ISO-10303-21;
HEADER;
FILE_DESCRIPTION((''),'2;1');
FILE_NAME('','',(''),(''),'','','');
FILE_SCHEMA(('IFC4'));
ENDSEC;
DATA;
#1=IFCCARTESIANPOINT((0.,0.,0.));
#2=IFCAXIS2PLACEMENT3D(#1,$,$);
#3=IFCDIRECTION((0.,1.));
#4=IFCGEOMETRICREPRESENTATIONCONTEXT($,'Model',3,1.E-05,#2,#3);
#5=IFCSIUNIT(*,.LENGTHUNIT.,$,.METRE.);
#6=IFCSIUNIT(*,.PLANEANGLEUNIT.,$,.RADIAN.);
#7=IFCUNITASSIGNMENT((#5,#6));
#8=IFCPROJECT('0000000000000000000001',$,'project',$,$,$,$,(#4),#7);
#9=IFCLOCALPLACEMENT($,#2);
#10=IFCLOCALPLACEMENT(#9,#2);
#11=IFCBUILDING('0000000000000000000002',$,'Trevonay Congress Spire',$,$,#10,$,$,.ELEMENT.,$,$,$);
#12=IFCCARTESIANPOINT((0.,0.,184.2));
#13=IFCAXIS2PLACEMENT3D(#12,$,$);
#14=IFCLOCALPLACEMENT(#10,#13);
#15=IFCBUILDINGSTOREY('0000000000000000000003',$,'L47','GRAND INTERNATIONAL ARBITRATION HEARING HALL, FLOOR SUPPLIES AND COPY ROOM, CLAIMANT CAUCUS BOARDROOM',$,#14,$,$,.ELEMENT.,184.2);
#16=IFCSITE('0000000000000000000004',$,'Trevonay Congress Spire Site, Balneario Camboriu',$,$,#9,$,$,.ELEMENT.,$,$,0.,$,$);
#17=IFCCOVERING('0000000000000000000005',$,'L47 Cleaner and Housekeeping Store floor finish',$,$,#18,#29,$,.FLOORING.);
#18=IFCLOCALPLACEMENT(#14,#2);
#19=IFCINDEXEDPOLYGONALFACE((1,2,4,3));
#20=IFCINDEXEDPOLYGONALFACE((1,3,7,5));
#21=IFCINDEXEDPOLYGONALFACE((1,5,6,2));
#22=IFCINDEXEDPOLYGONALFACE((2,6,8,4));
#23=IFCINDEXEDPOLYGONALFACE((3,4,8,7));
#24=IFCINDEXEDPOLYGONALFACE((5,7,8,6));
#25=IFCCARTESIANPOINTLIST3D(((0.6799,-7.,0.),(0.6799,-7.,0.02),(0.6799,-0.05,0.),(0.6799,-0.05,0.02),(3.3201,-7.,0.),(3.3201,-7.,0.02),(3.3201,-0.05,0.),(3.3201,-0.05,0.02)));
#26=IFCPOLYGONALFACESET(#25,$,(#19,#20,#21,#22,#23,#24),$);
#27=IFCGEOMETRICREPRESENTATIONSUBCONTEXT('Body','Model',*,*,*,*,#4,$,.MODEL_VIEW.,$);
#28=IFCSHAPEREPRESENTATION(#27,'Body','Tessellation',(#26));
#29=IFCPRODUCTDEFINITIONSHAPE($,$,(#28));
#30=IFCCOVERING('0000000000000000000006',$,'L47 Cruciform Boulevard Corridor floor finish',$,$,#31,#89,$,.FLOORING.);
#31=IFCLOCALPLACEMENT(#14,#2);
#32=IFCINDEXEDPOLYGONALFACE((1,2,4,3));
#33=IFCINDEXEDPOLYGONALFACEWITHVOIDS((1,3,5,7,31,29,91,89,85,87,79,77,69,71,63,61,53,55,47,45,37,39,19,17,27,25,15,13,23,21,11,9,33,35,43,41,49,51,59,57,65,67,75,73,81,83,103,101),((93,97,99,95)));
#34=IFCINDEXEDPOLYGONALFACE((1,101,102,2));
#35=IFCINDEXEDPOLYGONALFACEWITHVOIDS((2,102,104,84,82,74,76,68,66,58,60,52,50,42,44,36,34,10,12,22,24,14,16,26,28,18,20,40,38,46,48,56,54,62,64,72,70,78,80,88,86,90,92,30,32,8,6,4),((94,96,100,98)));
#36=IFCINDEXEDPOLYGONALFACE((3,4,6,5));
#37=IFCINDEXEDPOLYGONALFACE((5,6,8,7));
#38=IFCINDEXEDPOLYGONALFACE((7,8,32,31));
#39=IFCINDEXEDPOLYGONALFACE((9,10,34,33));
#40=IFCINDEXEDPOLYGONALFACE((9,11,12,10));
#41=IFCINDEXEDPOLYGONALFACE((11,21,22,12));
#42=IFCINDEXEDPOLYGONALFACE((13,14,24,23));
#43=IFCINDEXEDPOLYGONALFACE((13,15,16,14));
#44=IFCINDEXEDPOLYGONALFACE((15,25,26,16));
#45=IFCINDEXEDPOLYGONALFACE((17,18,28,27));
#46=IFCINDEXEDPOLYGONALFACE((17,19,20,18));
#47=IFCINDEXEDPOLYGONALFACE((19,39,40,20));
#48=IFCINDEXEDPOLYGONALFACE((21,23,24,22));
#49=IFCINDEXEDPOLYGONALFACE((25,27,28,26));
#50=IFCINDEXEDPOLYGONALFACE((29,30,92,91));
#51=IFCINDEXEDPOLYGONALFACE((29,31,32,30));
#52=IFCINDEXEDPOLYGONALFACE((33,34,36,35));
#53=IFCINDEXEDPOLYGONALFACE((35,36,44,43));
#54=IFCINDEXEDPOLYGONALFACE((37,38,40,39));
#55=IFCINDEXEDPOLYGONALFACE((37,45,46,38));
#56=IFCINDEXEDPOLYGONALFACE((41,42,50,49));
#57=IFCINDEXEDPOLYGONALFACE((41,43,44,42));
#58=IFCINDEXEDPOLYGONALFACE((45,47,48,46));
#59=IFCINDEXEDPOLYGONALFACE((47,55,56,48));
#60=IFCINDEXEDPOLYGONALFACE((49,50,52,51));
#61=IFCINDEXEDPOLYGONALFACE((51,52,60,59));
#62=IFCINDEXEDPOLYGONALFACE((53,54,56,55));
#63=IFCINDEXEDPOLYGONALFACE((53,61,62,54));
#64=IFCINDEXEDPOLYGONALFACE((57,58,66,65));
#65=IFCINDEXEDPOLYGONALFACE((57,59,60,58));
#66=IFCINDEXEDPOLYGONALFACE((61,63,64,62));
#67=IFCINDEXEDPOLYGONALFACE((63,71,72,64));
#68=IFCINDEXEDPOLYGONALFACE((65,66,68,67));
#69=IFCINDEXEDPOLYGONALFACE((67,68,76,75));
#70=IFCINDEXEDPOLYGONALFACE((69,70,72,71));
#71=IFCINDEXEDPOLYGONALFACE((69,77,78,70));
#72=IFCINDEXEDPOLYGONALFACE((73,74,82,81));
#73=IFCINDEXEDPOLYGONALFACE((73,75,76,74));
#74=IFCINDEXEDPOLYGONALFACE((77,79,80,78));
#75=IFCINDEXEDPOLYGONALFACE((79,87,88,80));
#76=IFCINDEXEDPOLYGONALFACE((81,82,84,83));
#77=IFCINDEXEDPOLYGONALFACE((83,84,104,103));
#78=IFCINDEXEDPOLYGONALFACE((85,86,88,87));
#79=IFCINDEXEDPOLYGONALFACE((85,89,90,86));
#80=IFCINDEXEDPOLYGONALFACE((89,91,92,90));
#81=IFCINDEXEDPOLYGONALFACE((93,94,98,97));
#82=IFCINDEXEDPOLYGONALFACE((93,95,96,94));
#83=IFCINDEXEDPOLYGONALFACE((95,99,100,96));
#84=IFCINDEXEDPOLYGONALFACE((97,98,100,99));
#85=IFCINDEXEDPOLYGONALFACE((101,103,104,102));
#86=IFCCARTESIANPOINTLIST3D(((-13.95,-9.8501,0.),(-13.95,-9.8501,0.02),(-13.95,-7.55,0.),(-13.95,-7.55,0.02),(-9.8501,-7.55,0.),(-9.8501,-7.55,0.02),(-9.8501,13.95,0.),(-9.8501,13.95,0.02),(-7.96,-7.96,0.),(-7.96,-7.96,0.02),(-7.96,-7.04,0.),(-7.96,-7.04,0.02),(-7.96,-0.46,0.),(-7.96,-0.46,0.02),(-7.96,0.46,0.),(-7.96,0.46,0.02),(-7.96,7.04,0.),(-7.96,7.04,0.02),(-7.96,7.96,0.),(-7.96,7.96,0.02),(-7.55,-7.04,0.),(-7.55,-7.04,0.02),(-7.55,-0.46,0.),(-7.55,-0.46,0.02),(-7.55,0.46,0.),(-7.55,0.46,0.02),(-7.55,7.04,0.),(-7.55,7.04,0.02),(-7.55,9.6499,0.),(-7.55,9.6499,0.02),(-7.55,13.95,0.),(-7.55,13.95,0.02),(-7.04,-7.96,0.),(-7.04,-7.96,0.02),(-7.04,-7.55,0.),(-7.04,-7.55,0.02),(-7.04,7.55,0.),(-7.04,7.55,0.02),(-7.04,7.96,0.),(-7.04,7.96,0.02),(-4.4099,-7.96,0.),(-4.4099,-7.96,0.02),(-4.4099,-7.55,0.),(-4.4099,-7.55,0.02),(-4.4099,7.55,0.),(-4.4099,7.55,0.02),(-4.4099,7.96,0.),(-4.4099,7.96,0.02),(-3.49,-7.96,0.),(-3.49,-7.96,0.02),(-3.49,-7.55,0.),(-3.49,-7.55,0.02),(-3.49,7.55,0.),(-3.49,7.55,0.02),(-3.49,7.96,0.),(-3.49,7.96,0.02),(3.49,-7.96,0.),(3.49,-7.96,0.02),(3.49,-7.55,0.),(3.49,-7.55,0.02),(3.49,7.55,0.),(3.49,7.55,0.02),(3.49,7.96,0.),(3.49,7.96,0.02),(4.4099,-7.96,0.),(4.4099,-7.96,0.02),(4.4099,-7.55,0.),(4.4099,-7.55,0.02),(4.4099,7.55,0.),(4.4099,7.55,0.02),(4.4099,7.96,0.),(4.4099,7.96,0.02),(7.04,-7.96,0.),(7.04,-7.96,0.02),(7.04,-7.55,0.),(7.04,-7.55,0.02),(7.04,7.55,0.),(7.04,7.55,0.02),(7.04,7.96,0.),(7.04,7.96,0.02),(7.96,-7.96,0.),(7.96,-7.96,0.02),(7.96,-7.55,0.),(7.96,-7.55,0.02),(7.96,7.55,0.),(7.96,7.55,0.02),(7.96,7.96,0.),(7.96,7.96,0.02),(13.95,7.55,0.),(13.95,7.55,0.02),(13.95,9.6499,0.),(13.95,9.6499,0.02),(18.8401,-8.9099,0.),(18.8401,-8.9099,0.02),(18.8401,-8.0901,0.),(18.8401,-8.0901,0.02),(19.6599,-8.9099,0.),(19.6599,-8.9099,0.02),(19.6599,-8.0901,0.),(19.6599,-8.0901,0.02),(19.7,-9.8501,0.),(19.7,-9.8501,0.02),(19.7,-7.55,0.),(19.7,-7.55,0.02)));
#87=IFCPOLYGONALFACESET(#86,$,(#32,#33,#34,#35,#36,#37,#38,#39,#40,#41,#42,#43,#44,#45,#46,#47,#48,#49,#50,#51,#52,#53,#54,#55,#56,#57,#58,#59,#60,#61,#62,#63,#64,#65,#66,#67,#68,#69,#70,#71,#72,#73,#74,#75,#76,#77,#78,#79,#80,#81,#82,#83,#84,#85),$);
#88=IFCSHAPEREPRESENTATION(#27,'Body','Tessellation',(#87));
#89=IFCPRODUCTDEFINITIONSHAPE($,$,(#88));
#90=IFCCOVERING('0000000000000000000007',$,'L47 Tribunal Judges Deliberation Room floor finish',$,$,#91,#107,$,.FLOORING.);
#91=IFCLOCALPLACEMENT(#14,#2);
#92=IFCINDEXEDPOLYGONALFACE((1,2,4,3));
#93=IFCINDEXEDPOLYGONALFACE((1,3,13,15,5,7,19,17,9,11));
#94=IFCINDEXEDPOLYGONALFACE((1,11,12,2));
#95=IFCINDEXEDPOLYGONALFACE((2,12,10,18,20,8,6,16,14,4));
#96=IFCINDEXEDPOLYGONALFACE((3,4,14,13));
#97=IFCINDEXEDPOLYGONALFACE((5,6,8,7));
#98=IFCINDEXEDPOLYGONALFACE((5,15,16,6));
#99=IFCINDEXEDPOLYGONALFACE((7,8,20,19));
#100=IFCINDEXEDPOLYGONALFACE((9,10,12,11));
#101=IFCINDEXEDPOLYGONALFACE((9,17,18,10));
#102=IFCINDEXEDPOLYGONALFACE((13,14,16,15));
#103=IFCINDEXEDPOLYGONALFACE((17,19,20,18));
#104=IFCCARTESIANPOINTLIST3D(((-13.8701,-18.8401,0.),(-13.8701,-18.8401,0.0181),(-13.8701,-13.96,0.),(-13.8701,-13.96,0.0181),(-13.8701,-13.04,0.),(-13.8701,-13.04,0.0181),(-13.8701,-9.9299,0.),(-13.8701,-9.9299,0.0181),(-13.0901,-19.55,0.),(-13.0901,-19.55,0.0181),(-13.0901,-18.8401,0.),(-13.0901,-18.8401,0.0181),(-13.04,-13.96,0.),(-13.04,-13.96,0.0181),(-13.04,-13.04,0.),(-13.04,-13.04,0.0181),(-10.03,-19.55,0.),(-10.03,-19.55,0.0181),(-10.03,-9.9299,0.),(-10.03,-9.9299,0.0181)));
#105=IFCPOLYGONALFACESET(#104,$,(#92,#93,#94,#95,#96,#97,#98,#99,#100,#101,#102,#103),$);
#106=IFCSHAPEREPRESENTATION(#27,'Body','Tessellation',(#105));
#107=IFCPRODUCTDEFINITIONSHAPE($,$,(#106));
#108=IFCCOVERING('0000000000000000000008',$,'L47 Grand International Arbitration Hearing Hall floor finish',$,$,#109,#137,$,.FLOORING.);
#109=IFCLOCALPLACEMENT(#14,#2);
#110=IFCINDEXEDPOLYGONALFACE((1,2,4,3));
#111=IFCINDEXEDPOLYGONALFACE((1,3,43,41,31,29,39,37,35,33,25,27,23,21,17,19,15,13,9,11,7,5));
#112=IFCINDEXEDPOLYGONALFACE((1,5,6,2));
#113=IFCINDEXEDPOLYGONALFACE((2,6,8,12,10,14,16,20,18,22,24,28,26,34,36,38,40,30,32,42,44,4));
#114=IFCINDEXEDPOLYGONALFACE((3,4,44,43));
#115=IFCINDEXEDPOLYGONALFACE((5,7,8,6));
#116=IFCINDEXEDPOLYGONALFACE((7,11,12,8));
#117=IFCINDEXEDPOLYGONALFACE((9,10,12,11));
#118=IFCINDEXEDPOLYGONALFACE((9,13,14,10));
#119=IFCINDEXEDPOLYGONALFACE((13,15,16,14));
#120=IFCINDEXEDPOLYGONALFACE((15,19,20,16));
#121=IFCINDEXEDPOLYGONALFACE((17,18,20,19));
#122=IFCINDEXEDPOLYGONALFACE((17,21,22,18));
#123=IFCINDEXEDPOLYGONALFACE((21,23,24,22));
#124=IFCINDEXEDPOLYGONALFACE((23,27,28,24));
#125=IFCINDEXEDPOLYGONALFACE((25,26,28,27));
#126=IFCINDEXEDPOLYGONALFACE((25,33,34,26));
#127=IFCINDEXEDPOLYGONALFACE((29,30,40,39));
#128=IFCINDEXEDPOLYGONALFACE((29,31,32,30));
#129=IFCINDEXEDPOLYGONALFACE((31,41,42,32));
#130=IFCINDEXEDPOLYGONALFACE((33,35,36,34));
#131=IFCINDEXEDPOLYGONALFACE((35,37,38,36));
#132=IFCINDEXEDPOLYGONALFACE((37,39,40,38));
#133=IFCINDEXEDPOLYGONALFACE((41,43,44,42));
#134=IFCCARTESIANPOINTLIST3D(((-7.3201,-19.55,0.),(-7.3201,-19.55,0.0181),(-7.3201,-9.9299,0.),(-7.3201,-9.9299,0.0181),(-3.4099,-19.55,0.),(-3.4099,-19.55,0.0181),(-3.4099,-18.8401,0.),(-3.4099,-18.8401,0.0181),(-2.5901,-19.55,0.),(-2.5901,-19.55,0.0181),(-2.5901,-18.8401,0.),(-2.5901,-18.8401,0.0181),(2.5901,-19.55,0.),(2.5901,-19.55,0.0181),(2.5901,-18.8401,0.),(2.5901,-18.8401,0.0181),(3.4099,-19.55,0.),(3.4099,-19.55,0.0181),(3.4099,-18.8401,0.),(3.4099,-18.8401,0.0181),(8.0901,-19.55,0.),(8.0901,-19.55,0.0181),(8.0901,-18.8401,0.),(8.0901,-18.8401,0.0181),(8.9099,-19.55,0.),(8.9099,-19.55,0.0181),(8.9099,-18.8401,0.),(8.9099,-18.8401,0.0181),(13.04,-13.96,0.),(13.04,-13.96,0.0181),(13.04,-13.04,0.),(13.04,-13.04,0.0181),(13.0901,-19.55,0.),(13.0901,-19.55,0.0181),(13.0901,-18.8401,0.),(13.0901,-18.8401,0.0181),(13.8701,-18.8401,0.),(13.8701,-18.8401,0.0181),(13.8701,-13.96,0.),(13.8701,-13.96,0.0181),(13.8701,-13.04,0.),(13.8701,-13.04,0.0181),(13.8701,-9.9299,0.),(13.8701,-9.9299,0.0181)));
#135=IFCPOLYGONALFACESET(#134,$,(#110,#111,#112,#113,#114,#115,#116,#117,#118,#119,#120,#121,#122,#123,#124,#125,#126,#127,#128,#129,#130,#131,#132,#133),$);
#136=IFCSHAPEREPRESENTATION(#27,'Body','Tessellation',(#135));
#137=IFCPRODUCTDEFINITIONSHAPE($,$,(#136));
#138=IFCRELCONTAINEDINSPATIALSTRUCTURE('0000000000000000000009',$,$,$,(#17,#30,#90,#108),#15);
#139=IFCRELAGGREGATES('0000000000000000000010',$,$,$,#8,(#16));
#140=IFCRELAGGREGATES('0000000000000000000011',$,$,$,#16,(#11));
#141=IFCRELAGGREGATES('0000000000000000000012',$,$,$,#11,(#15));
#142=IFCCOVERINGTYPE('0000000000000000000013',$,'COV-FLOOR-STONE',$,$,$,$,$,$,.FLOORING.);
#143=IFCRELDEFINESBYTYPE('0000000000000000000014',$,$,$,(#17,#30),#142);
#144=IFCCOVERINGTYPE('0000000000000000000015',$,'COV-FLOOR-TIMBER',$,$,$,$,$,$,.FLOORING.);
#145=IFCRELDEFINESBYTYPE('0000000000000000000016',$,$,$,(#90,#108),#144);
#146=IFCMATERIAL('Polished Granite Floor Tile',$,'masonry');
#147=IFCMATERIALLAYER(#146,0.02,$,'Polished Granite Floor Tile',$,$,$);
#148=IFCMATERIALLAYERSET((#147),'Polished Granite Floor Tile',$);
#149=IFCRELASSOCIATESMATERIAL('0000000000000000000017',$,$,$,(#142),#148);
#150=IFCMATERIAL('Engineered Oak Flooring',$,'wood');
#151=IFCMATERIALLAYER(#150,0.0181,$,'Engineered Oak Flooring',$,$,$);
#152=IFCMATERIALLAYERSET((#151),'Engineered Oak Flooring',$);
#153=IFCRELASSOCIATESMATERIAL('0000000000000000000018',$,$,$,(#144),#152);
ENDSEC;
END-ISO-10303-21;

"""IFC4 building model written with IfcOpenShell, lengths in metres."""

from ifc_helpers import new_model, si_unit, direction, frame, origin, place, context, subcontext, project, spatial, polyline, outline, extrude, material, layer, layer_set, type_object, element, save


model = new_model("IFC4")

# Units and contexts
model_context = context("Model", 3, precision=1e-05, world=origin(), true_north=direction((0.0, 1.0)))
body_context = subcontext(model_context, "Body", "Model", "MODEL_VIEW")
ifc_project = project(units=[si_unit("LENGTHUNIT", "METRE"), si_unit("PLANEANGLEUNIT", "RADIAN")], contexts=[model_context])

# Site, building, storey
site_placement = place(None, origin())
site = spatial("IfcSite", under=ifc_project, at=site_placement, Name="Trevonay Congress Spire Site, Balneario Camboriu", CompositionType="ELEMENT", RefElevation=0.0)
building_placement = place(site_placement, origin())
building = spatial("IfcBuilding", under=site, at=building_placement, Name="Trevonay Congress Spire", CompositionType="ELEMENT")
storey_placement = place(building_placement, frame((0.0, 0.0, 184.2)))
storey = spatial("IfcBuildingStorey", under=building, at=storey_placement, Name="L47", Description="GRAND INTERNATIONAL ARBITRATION HEARING HALL, FLOOR SUPPLIES AND COPY ROOM, CLAIMANT CAUCUS BOARDROOM", CompositionType="ELEMENT", Elevation=184.2)

# Coverings
ifc_material_1 = material(Name="Polished Granite Floor Tile", Category="masonry")
ifc_layer_1 = layer(ifc_material_1, 0.02, Name="Polished Granite Floor Tile")
ifc_layer_set_1 = layer_set([ifc_layer_1], Name="Polished Granite Floor Tile")
covering_type_1 = type_object("IfcCoveringType", Name="COV-FLOOR-STONE", PredefinedType="FLOORING", material=ifc_layer_set_1)
covering_1_placement = place(storey_placement, origin())
element("IfcCovering", 1, at=covering_1_placement, inside=storey, type_object=covering_type_1, Name="L47 Cleaner and Housekeeping Store floor finish", PredefinedType="FLOORING", context=body_context, shape_type="SweptSolid", body=[
    extrude(outline(polyline([(0.6799, -7.0), (3.3201, -7.0), (3.3201, -0.05), (0.6799, -0.05), (0.6799, -7.0)])), origin(), (0.0, 0.0, 1.0), 0.02),
])
covering_2_placement = place(storey_placement, origin())
element("IfcCovering", 2, at=covering_2_placement, inside=storey, type_object=covering_type_1, Name="L47 Cruciform Boulevard Corridor floor finish", PredefinedType="FLOORING", context=body_context, shape_type="SweptSolid", body=[
    extrude(outline(polyline([(19.7, -7.55), (19.7, -9.8501), (-13.95, -9.8501), (-13.95, -7.55), (-9.8501, -7.55), (-9.8501, 13.95), (-7.55, 13.95), (-7.55, 9.6499), (13.95, 9.6499), (13.95, 7.55), (7.96, 7.55), (7.96, 7.96), (7.04, 7.96), (7.04, 7.55), (4.4099, 7.55), (4.4099, 7.96), (3.49, 7.96), (3.49, 7.55), (-3.49, 7.55), (-3.49, 7.96), (-4.4099, 7.96), (-4.4099, 7.55), (-7.04, 7.55), (-7.04, 7.96), (-7.96, 7.96), (-7.96, 7.04), (-7.55, 7.04), (-7.55, 0.46), (-7.96, 0.46), (-7.96, -0.46), (-7.55, -0.46), (-7.55, -7.04), (-7.96, -7.04), (-7.96, -7.96), (-7.04, -7.96), (-7.04, -7.55), (-4.4099, -7.55), (-4.4099, -7.96), (-3.49, -7.96), (-3.49, -7.55), (3.49, -7.55), (3.49, -7.96), (4.4099, -7.96), (4.4099, -7.55), (7.04, -7.55), (7.04, -7.96), (7.96, -7.96), (7.96, -7.55), (19.7, -7.55)]), holes=[polyline([(19.6599, -8.0901), (18.8401, -8.0901), (18.8401, -8.9099), (19.6599, -8.9099), (19.6599, -8.0901)])]), origin(), (0.0, 0.0, 1.0), 0.02),
])
ifc_material_2 = material(Name="Engineered Oak Flooring", Category="wood")
ifc_layer_2 = layer(ifc_material_2, 0.0181, Name="Engineered Oak Flooring")
ifc_layer_set_2 = layer_set([ifc_layer_2], Name="Engineered Oak Flooring")
covering_type_2 = type_object("IfcCoveringType", Name="COV-FLOOR-TIMBER", PredefinedType="FLOORING", material=ifc_layer_set_2)
covering_3_placement = place(storey_placement, origin())
element("IfcCovering", 3, at=covering_3_placement, inside=storey, type_object=covering_type_2, Name="L47 Tribunal Judges Deliberation Room floor finish", PredefinedType="FLOORING", context=body_context, shape_type="SweptSolid", body=[
    extrude(outline(polyline([(-13.8701, -9.9299), (-10.03, -9.9299), (-10.03, -19.55), (-13.0901, -19.55), (-13.0901, -18.8401), (-13.8701, -18.8401), (-13.8701, -13.96), (-13.04, -13.96), (-13.04, -13.04), (-13.8701, -13.04), (-13.8701, -9.9299)])), origin(), (0.0, 0.0, 1.0), 0.0181),
])
covering_4_placement = place(storey_placement, origin())
element("IfcCovering", 4, at=covering_4_placement, inside=storey, type_object=covering_type_2, Name="L47 Grand International Arbitration Hearing Hall floor finish", PredefinedType="FLOORING", context=body_context, shape_type="SweptSolid", body=[
    extrude(outline(polyline([(-7.3201, -19.55), (-7.3201, -9.9299), (13.8701, -9.9299), (13.8701, -13.04), (13.04, -13.04), (13.04, -13.96), (13.8701, -13.96), (13.8701, -18.8401), (13.0901, -18.8401), (13.0901, -19.55), (8.9099, -19.55), (8.9099, -18.8401), (8.0901, -18.8401), (8.0901, -19.55), (3.4099, -19.55), (3.4099, -18.8401), (2.5901, -18.8401), (2.5901, -19.55), (-2.5901, -19.55), (-2.5901, -18.8401), (-3.4099, -18.8401), (-3.4099, -19.55), (-7.3201, -19.55)])), origin(), (0.0, 0.0, 1.0), 0.0181),
])

save(model, "model.ifc")
